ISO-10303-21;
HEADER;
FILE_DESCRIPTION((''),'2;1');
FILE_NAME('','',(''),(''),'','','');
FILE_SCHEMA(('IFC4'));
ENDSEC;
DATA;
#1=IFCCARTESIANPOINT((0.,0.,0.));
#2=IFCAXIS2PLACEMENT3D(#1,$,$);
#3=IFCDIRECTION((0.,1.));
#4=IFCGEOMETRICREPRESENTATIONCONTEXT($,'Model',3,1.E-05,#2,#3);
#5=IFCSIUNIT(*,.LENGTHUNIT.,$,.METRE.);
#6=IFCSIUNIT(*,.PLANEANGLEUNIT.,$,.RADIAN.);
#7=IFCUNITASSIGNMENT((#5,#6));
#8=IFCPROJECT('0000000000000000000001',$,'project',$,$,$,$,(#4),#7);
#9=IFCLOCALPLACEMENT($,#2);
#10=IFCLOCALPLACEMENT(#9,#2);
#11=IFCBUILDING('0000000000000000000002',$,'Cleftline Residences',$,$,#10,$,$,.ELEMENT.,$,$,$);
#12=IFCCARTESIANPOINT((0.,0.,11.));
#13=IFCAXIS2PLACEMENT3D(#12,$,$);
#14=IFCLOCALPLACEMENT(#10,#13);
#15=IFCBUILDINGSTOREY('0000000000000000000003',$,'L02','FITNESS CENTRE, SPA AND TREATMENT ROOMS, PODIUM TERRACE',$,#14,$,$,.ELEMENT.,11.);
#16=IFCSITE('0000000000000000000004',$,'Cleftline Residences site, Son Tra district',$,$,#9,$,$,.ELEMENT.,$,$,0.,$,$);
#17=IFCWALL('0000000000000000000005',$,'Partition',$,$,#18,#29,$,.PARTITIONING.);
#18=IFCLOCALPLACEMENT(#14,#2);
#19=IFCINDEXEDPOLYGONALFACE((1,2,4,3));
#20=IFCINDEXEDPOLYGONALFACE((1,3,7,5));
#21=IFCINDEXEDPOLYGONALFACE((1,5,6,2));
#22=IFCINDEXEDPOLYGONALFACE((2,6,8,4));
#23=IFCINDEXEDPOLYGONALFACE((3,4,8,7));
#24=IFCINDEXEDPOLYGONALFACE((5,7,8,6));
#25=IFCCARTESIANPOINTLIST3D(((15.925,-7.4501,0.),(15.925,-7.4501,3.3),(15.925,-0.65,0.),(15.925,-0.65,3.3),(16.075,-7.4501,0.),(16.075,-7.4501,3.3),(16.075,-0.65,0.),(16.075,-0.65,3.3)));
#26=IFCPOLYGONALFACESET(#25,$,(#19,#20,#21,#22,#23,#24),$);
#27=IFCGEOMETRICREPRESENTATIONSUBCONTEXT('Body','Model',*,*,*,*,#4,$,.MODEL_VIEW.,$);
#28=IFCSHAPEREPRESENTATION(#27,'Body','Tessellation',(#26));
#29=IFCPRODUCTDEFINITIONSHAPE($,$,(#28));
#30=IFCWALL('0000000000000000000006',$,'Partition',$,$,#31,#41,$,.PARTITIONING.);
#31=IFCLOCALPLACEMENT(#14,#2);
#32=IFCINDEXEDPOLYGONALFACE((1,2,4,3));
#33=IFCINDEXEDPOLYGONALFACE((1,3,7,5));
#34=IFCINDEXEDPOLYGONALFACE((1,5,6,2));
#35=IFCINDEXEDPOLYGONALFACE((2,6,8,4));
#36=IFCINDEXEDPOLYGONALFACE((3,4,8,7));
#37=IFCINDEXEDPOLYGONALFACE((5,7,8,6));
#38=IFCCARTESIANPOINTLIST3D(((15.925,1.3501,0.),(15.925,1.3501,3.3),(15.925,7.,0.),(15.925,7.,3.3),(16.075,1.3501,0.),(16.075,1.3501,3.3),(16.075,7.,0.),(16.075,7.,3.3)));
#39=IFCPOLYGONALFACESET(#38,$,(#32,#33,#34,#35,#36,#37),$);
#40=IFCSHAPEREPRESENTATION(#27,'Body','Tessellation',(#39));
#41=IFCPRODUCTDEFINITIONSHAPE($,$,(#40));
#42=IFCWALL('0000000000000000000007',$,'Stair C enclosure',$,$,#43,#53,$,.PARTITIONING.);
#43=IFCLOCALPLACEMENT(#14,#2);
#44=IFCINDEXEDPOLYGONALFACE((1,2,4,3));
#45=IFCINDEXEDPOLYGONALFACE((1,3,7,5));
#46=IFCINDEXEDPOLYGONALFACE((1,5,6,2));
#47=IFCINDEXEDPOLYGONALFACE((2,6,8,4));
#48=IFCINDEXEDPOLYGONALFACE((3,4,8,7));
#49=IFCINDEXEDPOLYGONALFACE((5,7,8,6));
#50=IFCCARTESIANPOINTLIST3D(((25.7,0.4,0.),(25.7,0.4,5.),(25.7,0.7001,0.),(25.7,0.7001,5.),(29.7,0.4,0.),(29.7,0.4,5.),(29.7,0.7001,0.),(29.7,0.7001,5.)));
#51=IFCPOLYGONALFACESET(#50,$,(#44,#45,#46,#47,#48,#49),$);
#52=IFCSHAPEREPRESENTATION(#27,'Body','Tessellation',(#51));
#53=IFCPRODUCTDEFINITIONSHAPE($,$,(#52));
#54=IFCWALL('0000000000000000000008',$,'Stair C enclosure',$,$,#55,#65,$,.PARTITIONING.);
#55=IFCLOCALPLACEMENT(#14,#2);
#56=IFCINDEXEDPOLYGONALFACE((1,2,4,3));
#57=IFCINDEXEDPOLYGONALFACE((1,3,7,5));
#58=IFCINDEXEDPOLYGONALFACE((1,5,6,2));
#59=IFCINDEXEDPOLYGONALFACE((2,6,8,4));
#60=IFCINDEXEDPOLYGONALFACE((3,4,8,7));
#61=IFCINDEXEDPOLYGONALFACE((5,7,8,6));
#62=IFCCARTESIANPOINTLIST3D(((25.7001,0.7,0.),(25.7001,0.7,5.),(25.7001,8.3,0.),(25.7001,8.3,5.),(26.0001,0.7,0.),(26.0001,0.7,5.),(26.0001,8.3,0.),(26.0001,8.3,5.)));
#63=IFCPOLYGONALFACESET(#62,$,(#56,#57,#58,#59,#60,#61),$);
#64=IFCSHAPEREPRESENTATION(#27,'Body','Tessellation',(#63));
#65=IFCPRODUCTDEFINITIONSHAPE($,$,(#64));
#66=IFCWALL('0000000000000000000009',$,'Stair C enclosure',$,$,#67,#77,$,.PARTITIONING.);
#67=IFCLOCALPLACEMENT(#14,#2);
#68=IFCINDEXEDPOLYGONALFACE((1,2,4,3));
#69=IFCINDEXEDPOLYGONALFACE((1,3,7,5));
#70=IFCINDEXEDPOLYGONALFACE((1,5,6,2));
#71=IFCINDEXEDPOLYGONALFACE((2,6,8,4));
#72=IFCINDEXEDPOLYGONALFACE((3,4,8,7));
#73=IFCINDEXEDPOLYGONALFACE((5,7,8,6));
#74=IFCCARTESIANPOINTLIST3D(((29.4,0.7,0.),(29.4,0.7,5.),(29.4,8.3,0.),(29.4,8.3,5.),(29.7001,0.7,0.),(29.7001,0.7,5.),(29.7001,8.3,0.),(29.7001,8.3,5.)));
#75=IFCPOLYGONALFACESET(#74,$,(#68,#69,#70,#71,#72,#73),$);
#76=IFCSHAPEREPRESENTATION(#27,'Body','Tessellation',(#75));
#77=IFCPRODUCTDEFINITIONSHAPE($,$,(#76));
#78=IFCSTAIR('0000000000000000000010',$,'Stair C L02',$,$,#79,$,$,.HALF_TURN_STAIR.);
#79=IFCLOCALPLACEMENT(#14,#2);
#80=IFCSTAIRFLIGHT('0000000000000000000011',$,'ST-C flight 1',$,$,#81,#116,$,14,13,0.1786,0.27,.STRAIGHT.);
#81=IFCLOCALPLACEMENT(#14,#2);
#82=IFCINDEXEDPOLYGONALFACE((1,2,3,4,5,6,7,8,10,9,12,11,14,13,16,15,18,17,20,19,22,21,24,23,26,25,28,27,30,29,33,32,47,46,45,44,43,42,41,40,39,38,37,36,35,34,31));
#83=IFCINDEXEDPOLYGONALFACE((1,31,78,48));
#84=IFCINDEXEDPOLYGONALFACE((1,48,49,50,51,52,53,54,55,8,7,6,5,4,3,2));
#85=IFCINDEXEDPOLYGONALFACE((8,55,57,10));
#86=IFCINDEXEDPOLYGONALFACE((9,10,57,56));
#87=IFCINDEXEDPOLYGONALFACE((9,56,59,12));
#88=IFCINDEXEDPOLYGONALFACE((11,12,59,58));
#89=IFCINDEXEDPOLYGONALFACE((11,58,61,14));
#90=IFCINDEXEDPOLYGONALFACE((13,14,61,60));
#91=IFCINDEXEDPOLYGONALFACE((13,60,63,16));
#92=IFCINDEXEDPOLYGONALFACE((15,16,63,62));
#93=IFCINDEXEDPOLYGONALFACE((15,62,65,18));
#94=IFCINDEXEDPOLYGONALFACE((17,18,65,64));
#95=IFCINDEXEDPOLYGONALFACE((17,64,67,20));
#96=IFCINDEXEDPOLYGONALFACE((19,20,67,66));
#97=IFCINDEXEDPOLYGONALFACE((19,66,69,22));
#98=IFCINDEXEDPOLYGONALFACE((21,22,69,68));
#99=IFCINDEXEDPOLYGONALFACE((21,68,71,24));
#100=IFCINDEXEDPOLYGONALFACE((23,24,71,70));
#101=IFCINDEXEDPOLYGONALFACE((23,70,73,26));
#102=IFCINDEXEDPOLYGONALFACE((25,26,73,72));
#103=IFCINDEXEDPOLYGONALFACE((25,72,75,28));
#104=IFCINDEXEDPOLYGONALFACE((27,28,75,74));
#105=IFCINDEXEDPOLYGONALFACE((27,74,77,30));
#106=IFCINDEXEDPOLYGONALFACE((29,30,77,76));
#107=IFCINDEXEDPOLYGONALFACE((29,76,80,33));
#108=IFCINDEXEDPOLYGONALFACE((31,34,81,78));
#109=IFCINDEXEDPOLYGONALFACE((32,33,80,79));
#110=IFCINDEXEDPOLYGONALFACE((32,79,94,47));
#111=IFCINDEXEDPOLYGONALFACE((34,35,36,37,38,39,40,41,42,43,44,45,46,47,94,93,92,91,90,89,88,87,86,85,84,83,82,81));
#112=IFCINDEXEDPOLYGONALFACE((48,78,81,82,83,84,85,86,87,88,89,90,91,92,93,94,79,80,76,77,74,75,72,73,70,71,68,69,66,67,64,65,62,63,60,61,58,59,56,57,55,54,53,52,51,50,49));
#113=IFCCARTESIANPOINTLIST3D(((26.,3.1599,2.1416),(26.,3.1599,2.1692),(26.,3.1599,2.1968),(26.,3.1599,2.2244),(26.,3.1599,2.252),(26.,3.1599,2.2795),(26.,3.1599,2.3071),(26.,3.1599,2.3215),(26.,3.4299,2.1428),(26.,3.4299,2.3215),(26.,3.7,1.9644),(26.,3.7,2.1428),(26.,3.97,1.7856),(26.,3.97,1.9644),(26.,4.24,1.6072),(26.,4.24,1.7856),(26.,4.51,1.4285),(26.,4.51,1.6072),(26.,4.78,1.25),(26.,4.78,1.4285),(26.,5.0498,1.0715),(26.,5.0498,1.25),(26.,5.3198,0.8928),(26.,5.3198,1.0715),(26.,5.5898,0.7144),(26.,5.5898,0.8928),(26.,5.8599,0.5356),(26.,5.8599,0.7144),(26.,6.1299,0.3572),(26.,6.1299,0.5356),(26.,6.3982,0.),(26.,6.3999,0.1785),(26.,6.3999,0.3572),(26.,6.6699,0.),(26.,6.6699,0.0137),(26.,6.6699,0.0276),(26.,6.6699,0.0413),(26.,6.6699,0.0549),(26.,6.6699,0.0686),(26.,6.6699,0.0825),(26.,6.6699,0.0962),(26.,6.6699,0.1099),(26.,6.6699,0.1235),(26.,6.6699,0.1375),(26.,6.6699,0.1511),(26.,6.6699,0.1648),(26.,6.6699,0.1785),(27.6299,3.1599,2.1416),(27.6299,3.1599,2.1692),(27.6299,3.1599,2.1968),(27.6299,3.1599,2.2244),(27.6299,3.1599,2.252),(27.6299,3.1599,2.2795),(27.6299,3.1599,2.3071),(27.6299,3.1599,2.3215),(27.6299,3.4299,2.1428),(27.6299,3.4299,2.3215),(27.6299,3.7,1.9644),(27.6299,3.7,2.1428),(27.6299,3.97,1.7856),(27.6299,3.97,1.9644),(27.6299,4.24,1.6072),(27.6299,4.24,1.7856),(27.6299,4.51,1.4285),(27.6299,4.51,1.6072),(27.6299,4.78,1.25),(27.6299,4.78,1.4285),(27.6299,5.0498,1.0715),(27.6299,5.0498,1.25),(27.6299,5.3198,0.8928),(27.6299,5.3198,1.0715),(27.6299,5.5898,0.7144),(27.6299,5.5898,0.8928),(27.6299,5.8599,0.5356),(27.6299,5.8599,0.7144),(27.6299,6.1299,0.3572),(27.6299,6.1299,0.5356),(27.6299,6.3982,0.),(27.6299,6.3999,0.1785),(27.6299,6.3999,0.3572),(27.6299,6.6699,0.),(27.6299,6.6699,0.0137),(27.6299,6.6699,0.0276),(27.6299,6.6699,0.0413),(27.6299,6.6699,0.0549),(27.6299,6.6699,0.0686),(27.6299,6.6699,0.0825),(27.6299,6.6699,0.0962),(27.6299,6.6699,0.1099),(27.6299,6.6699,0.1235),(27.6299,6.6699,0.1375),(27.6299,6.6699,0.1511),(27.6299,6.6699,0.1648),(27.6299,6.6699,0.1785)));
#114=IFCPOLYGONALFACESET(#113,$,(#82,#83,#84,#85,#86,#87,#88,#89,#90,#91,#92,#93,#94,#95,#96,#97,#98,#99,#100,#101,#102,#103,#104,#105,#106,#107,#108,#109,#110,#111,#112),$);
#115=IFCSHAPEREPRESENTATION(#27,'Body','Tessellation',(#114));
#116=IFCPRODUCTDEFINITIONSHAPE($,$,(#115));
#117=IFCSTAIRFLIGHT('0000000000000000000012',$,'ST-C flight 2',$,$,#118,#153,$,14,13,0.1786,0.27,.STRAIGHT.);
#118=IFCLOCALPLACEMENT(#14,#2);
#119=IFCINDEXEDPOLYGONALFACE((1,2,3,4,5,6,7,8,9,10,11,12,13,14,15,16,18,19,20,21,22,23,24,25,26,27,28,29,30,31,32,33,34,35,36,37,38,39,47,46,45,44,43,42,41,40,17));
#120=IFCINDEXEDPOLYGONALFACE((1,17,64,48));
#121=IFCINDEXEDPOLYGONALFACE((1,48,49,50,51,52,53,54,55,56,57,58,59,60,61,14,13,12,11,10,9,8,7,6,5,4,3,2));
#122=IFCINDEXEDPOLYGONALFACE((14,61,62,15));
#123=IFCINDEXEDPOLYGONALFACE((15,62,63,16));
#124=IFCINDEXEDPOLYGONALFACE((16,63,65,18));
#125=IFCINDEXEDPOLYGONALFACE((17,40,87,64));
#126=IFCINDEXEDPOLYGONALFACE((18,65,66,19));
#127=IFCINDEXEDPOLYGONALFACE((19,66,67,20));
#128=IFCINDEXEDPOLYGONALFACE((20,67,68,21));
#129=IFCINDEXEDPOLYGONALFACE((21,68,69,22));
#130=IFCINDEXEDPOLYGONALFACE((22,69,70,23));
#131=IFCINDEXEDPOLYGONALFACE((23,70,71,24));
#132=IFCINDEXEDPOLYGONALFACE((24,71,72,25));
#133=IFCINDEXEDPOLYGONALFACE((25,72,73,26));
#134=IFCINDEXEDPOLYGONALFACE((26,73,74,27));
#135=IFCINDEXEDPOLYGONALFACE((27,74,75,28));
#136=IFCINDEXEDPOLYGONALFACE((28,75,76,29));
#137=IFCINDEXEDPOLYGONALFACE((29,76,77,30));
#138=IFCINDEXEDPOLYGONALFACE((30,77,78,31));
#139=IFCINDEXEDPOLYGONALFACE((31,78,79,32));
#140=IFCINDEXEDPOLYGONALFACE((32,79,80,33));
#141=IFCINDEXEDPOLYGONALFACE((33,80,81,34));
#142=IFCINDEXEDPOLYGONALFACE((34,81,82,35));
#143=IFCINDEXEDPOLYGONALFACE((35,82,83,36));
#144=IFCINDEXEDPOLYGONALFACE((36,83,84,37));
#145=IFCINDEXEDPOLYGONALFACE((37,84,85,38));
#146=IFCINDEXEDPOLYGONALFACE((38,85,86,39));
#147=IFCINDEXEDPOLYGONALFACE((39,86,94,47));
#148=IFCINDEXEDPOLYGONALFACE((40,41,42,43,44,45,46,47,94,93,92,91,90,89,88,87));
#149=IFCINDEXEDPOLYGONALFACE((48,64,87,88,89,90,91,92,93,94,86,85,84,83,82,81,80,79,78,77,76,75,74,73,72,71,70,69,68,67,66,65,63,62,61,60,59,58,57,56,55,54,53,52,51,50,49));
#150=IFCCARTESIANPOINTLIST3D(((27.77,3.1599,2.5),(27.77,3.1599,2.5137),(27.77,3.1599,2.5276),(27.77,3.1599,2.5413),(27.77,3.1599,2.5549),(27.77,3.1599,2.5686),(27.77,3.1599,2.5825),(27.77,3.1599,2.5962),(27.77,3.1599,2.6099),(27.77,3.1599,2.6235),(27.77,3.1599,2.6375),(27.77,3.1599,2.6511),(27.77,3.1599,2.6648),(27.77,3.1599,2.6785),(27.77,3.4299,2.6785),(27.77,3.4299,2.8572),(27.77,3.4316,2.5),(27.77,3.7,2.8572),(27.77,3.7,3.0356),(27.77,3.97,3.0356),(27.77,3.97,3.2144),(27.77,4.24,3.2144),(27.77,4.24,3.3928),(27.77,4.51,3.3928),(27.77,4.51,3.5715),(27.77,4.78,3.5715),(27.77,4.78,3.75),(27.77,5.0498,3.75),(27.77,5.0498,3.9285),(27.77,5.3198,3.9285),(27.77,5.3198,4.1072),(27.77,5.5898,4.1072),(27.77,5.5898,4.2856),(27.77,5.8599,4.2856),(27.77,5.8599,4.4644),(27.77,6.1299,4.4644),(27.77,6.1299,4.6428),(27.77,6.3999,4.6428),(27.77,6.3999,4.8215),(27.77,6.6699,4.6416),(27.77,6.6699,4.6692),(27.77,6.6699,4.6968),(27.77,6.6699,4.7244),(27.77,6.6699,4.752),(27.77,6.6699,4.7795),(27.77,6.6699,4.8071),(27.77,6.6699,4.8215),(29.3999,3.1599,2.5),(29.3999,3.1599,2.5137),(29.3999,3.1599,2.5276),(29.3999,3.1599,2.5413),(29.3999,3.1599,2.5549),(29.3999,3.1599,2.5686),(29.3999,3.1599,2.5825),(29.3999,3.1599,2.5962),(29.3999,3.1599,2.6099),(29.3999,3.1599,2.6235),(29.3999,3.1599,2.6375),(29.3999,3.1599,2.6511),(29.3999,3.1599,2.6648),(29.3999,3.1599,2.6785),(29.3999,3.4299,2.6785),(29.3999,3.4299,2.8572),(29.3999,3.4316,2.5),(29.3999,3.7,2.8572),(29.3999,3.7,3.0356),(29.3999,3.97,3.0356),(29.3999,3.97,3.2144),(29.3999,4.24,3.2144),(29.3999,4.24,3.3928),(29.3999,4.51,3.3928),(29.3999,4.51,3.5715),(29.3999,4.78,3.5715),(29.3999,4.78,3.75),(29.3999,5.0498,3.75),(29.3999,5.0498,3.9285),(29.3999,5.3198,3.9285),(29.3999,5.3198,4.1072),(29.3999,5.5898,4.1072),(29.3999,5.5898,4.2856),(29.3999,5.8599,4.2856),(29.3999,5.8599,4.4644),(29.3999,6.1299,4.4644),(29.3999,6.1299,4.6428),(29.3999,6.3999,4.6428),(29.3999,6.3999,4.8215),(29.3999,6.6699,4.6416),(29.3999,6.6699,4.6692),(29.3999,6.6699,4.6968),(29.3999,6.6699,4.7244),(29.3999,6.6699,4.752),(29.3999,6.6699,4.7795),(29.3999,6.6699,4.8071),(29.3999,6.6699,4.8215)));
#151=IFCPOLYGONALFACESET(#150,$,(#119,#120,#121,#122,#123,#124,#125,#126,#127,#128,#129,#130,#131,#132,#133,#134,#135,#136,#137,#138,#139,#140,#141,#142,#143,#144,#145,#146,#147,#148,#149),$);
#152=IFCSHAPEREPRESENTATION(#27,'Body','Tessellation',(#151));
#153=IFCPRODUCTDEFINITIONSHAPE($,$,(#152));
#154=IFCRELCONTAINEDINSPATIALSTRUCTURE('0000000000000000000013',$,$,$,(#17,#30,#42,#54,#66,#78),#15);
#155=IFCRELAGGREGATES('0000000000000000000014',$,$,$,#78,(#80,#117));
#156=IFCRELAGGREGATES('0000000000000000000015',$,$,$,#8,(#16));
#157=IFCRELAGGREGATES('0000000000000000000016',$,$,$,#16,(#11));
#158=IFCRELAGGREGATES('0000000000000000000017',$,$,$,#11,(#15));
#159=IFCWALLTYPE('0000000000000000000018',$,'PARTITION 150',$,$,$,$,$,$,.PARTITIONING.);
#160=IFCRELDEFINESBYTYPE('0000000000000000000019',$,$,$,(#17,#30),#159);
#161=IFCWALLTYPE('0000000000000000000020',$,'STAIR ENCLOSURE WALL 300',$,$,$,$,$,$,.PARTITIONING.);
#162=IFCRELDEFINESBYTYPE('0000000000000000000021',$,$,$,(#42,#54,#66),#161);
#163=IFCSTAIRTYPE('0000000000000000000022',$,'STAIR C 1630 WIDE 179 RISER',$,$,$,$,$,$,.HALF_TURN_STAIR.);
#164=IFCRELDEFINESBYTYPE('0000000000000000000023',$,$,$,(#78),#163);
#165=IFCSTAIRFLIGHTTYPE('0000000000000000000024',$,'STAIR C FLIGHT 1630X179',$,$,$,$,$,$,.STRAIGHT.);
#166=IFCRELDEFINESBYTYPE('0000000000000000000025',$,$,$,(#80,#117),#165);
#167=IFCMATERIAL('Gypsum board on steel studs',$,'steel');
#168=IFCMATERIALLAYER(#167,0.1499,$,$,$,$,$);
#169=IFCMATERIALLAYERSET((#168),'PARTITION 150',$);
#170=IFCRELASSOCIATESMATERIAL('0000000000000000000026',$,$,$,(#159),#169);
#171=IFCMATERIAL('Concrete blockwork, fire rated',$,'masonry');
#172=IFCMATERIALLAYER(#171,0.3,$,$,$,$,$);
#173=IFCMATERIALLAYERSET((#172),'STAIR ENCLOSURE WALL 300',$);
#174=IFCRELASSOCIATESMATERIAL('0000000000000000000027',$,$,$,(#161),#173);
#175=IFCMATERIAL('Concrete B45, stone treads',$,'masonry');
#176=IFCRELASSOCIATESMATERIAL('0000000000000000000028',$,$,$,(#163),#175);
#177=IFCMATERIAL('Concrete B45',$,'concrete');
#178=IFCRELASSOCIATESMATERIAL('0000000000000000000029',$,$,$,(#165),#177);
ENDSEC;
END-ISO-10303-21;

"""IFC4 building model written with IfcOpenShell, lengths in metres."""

from ifc_helpers import new_model, si_unit, direction, frame, frame_2d, origin, place, context, subcontext, project, spatial, polyline, rectangle, outline, extrude, material, layer, layer_set, type_object, element, aggregate, save


model = new_model("IFC4")

# Units and contexts
model_context = context("Model", 3, precision=1e-05, world=origin(), true_north=direction((0.0, 1.0)))
body_context = subcontext(model_context, "Body", "Model", "MODEL_VIEW")
ifc_project = project(units=[si_unit("LENGTHUNIT", "METRE"), si_unit("PLANEANGLEUNIT", "RADIAN")], contexts=[model_context])

# Site, building, storey
site_placement = place(None, origin())
site = spatial("IfcSite", under=ifc_project, at=site_placement, Name="Cleftline Residences site, Son Tra district", CompositionType="ELEMENT", RefElevation=0.0)
building_placement = place(site_placement, origin())
building = spatial("IfcBuilding", under=site, at=building_placement, Name="Cleftline Residences", CompositionType="ELEMENT")
storey_placement = place(building_placement, frame((0.0, 0.0, 11.0)))
storey = spatial("IfcBuildingStorey", under=building, at=storey_placement, Name="L02", Description="FITNESS CENTRE, SPA AND TREATMENT ROOMS, PODIUM TERRACE", CompositionType="ELEMENT", Elevation=11.0)

# Walls
ifc_material_1 = material(Name="Gypsum board on steel studs", Category="steel")
ifc_layer_1 = layer(ifc_material_1, 0.1499)
ifc_layer_set_1 = layer_set([ifc_layer_1], Name="PARTITION 150")
wall_type_1 = type_object("IfcWallType", Name="PARTITION 150", PredefinedType="PARTITIONING", material=ifc_layer_set_1)
wall_1_placement = place(storey_placement, frame((16.0, -7.45, 0.0), z_axis=(0.0, 0.0, 1.0), x_axis=(0.0, 1.0, 0.0)))
element("IfcWall", 1, at=wall_1_placement, inside=storey, type_object=wall_type_1, Name="Partition", PredefinedType="PARTITIONING", context=body_context, shape_type="SweptSolid", body=[
    extrude(rectangle(XDim=6.8, YDim=0.1499, at=frame_2d((3.3999, 0.0))), origin(), (0.0, 0.0, 1.0), 3.3),
])
wall_2_placement = place(storey_placement, frame((16.0, 1.3501, 0.0), z_axis=(0.0, 0.0, 1.0), x_axis=(0.0, 1.0, 0.0)))
element("IfcWall", 2, at=wall_2_placement, inside=storey, type_object=wall_type_1, Name="Partition", PredefinedType="PARTITIONING", context=body_context, shape_type="SweptSolid", body=[
    extrude(rectangle(XDim=5.6499, YDim=0.1499, at=frame_2d((2.825, 0.0))), origin(), (0.0, 0.0, 1.0), 3.3),
])
ifc_material_2 = material(Name="Concrete blockwork, fire rated", Category="masonry")
ifc_layer_2 = layer(ifc_material_2, 0.3)
ifc_layer_set_2 = layer_set([ifc_layer_2], Name="STAIR ENCLOSURE WALL 300")
wall_type_2 = type_object("IfcWallType", Name="STAIR ENCLOSURE WALL 300", PredefinedType="PARTITIONING", material=ifc_layer_set_2)
wall_3_placement = place(storey_placement, frame((25.7, 0.55, 0.0), z_axis=(0.0, 0.0, 1.0), x_axis=(1.0, 0.0, 0.0)))
element("IfcWall", 3, at=wall_3_placement, inside=storey, type_object=wall_type_2, Name="Stair C enclosure", PredefinedType="PARTITIONING", context=body_context, shape_type="SweptSolid", body=[
    extrude(rectangle(XDim=4.0, YDim=0.3, at=frame_2d((2.0, 0.0))), origin(), (0.0, 0.0, 1.0), 5.0),
])
for number, where, z_axis, x_axis, name in (
    (4, (25.8501, 0.7, 0.0), (0.0, 0.0, 1.0), (0.0, 1.0, 0.0), "Stair C enclosure"),
    (5, (29.55, 0.7, 0.0), (0.0, 0.0, 1.0), (0.0, 1.0, 0.0), "Stair C enclosure"),
):
    element("IfcWall", number, at=place(storey_placement, frame(where, z_axis=z_axis, x_axis=x_axis)), inside=storey, type_object=wall_type_2, Name=name, PredefinedType="PARTITIONING", context=body_context, shape_type="SweptSolid", body=[
        extrude(rectangle(XDim=7.6001, YDim=0.3, at=frame_2d((3.8, 0.0))), origin(), (0.0, 0.0, 1.0), 5.0),
    ])

# Stair, stair flights
ifc_material_3 = material(Name="Concrete B45, stone treads", Category="masonry")
stair_type = type_object("IfcStairType", Name="STAIR C 1630 WIDE 179 RISER", PredefinedType="HALF_TURN_STAIR", material=ifc_material_3)
stair_placement = place(storey_placement, origin())
stair = element("IfcStair", 6, at=stair_placement, inside=storey, type_object=stair_type, Name="Stair C L02", PredefinedType="HALF_TURN_STAIR")
ifc_material_4 = material(Name="Concrete B45", Category="concrete")
stair_flight_type = type_object("IfcStairFlightType", Name="STAIR C FLIGHT 1630X179", PredefinedType="STRAIGHT", material=ifc_material_4)
stair_flight_1_placement = place(storey_placement, frame((26.8149, 6.6699, 0.0), z_axis=(0.0, 0.0, 1.0), x_axis=(0.0, -1.0, 0.0)))
stair_flight_1 = element("IfcStairFlight", 7, at=stair_flight_1_placement, type_object=stair_flight_type, Name="ST-C flight 1", NumberOfRisers=14, NumberOfTreads=13, PredefinedType="STRAIGHT", RiserHeight=0.1786, TreadLength=0.27, context=body_context, shape_type="SweptSolid", body=[
    extrude(outline(polyline([(0.0, 0.0), (0.0, 0.0137), (0.0, 0.0276), (0.0, 0.0413), (0.0, 0.0549), (0.0, 0.0686), (0.0, 0.0825), (0.0, 0.0962), (0.0, 0.1099), (0.0, 0.1235), (0.0, 0.1375), (0.0, 0.1511), (0.0, 0.1648), (0.0, 0.1785), (0.27, 0.1785), (0.27, 0.3572), (0.54, 0.3572), (0.54, 0.5356), (0.8101, 0.5356), (0.8101, 0.7144), (1.0801, 0.7144), (1.0801, 0.8928), (1.3501, 0.8928), (1.3501, 1.0715), (1.6201, 1.0715), (1.6201, 1.25), (1.8899, 1.25), (1.8899, 1.4285), (2.1599, 1.4285), (2.1599, 1.6072), (2.4299, 1.6072), (2.4299, 1.7856), (2.7, 1.7856), (2.7, 1.9644), (2.97, 1.9644), (2.97, 2.1428), (3.24, 2.1428), (3.24, 2.3215), (3.51, 2.3215), (3.51, 2.5), (3.51, 2.4724), (3.51, 2.4448), (3.51, 2.4172), (3.51, 2.3896), (3.51, 2.3623), (3.51, 2.3347), (3.51, 2.3071), (3.51, 2.2795), (3.51, 2.252), (3.51, 2.2244), (3.51, 2.1968), (3.51, 2.1692), (3.51, 2.1416), (0.2717, 0.0), (0.0, 0.0)])), frame((0.0, 0.8149, 0.0), z_axis=(0.0, -1.0, 0.0), x_axis=(1.0, 0.0, 0.0)), (0.0, 0.0, 1.0), 1.6299),
])
stair_flight_2_placement = place(storey_placement, frame((28.585, 3.1599, 2.5), z_axis=(0.0, 0.0, 1.0), x_axis=(0.0, 1.0, 0.0)))
stair_flight_2 = element("IfcStairFlight", 8, at=stair_flight_2_placement, type_object=stair_flight_type, Name="ST-C flight 2", NumberOfRisers=14, NumberOfTreads=13, PredefinedType="STRAIGHT", RiserHeight=0.1786, TreadLength=0.27, context=body_context, shape_type="SweptSolid", body=[
    extrude(outline(polyline([(0.0, 0.0), (0.0, 0.0137), (0.0, 0.0276), (0.0, 0.0413), (0.0, 0.0549), (0.0, 0.0686), (0.0, 0.0825), (0.0, 0.0962), (0.0, 0.1099), (0.0, 0.1235), (0.0, 0.1375), (0.0, 0.1511), (0.0, 0.1648), (0.0, 0.1785), (0.27, 0.1785), (0.27, 0.3572), (0.54, 0.3572), (0.54, 0.5356), (0.8101, 0.5356), (0.8101, 0.7144), (1.0801, 0.7144), (1.0801, 0.8928), (1.3501, 0.8928), (1.3501, 1.0715), (1.6201, 1.0715), (1.6201, 1.25), (1.8899, 1.25), (1.8899, 1.4285), (2.1599, 1.4285), (2.1599, 1.6072), (2.4299, 1.6072), (2.4299, 1.7856), (2.7, 1.7856), (2.7, 1.9644), (2.97, 1.9644), (2.97, 2.1428), (3.24, 2.1428), (3.24, 2.3215), (3.51, 2.3215), (3.51, 2.5), (3.51, 2.4724), (3.51, 2.4448), (3.51, 2.4172), (3.51, 2.3896), (3.51, 2.3623), (3.51, 2.3347), (3.51, 2.3071), (3.51, 2.2795), (3.51, 2.252), (3.51, 2.2244), (3.51, 2.1968), (3.51, 2.1692), (3.51, 2.1416), (0.2717, 0.0), (0.0, 0.0)])), frame((0.0, 0.8149, 0.0), z_axis=(0.0, -1.0, 0.0), x_axis=(1.0, 0.0, 0.0)), (0.0, 0.0, 1.0), 1.6299),
])
aggregate(stair, [stair_flight_1, stair_flight_2])

save(model, "model.ifc")
